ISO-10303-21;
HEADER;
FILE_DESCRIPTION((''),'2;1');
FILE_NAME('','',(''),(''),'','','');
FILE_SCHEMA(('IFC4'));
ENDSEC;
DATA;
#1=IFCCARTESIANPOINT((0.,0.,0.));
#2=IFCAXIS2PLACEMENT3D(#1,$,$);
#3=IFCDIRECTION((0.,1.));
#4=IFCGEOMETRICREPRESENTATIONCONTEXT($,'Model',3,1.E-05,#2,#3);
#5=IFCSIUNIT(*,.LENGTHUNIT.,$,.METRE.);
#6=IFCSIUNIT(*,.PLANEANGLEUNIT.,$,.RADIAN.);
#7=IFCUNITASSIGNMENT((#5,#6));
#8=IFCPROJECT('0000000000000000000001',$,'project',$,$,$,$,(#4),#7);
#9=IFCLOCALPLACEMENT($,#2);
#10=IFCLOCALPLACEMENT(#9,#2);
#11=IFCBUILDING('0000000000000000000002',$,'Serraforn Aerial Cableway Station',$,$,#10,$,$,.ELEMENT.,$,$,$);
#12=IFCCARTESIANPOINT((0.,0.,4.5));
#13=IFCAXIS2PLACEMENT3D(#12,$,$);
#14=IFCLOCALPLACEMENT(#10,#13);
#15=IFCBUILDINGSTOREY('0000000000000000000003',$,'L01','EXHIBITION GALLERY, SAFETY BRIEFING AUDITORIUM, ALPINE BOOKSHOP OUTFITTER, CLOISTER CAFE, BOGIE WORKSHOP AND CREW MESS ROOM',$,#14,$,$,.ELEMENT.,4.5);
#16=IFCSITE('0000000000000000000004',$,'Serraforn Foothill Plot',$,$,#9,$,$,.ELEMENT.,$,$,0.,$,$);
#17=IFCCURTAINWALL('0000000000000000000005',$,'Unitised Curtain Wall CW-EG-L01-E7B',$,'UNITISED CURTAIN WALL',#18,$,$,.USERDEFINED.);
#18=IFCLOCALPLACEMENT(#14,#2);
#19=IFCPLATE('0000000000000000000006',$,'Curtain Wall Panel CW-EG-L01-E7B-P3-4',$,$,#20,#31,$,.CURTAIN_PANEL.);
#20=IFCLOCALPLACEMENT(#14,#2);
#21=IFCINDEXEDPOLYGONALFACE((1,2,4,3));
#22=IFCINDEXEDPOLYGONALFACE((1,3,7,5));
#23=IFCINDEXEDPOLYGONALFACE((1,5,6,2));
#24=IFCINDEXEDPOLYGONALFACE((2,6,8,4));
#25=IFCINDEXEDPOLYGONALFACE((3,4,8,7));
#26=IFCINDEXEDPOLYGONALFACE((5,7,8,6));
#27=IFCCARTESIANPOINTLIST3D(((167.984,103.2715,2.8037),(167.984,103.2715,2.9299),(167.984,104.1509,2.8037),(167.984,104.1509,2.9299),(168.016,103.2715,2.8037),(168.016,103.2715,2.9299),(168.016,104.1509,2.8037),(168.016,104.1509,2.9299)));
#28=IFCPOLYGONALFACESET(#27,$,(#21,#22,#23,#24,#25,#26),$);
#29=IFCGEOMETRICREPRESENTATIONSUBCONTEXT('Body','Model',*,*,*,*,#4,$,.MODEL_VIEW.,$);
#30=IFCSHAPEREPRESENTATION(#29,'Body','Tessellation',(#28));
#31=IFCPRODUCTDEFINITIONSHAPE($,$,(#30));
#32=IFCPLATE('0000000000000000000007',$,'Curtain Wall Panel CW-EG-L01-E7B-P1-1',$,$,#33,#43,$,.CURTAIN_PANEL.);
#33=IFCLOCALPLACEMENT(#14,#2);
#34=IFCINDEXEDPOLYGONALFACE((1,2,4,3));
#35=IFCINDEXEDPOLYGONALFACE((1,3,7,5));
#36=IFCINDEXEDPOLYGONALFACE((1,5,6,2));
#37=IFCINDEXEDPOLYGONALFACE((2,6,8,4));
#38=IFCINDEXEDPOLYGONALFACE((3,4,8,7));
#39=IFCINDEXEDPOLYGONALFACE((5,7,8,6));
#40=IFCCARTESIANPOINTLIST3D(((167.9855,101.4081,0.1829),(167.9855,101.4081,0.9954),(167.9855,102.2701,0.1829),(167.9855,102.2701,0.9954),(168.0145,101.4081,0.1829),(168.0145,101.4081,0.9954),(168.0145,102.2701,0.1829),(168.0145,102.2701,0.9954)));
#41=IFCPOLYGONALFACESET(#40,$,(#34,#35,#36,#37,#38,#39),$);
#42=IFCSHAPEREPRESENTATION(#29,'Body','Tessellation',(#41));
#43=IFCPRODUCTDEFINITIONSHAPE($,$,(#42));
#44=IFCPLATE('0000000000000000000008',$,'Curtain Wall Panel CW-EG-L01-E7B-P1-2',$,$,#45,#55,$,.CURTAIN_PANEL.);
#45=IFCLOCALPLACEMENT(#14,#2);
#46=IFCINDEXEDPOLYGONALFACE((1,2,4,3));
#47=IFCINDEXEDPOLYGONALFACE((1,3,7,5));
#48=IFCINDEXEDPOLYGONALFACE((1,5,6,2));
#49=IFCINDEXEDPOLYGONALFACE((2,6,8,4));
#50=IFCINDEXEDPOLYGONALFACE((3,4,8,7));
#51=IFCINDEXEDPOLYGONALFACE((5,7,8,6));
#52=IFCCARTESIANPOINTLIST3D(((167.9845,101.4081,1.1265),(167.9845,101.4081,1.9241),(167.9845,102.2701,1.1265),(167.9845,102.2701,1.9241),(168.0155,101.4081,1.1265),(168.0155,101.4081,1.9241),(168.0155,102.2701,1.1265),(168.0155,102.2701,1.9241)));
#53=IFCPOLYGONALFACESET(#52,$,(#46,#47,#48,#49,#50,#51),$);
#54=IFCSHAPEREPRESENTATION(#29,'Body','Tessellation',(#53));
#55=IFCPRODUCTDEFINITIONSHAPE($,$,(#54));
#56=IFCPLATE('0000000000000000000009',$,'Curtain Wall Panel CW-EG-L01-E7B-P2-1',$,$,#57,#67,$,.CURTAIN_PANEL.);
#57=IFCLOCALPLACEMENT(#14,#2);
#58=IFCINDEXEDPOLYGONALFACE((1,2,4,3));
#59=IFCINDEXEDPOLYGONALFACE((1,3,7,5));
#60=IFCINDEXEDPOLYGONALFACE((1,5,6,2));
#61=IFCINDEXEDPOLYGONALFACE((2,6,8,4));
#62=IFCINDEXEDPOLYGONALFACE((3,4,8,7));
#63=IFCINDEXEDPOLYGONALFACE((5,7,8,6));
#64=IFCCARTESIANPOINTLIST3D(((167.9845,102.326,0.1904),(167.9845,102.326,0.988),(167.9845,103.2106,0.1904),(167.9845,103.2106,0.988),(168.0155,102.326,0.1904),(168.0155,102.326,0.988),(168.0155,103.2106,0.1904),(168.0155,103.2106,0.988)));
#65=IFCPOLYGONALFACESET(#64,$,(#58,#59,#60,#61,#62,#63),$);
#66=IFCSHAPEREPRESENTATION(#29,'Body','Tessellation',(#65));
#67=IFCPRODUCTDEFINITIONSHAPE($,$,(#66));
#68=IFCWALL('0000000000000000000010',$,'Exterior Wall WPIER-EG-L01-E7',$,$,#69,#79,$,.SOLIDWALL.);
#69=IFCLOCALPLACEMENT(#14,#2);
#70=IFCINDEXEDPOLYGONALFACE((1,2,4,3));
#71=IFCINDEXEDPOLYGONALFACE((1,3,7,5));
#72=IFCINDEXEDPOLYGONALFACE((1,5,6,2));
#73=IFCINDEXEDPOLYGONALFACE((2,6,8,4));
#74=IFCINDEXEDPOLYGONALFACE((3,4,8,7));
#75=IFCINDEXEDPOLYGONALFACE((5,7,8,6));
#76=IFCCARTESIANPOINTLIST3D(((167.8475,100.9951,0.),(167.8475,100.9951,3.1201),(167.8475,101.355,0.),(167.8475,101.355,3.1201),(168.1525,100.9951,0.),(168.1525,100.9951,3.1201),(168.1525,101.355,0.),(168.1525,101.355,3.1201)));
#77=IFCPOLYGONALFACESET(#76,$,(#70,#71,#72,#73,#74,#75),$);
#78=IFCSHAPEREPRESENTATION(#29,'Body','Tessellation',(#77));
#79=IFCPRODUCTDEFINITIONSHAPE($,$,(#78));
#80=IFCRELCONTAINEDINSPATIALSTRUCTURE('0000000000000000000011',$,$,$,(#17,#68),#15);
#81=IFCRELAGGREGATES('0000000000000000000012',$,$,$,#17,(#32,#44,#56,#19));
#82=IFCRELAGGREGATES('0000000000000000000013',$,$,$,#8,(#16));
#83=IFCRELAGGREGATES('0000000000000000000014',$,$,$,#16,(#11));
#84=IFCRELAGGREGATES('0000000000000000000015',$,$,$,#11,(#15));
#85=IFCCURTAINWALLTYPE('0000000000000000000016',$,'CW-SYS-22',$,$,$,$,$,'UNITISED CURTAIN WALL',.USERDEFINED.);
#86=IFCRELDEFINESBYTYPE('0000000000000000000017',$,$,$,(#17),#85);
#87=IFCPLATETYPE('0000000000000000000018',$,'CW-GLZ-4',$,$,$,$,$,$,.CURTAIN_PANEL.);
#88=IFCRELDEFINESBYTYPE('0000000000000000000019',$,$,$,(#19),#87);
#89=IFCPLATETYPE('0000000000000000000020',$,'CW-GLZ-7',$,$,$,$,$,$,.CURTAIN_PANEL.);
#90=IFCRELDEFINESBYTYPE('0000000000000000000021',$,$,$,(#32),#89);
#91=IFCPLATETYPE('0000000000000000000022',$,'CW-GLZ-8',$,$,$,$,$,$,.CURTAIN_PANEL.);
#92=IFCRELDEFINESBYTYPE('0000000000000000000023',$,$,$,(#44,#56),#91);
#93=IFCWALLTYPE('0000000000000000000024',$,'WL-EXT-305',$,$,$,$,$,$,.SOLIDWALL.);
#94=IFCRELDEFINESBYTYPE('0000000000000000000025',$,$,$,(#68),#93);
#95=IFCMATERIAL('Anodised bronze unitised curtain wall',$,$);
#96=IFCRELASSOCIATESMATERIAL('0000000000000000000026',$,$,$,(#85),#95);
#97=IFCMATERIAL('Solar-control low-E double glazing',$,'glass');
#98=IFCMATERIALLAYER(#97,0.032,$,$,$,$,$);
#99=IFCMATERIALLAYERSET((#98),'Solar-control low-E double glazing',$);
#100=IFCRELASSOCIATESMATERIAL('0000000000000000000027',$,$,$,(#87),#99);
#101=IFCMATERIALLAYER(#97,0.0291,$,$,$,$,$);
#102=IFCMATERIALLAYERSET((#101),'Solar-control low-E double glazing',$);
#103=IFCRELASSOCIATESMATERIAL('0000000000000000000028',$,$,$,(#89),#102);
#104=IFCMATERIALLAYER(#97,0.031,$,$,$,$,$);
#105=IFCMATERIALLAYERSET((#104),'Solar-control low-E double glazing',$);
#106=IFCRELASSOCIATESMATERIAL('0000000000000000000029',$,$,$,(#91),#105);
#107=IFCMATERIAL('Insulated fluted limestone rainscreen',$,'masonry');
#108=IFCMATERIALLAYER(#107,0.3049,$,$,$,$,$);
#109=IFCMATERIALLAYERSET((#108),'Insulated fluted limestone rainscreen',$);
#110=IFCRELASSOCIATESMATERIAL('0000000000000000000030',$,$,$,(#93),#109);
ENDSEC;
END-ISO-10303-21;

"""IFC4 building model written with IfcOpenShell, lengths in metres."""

from ifc_helpers import new_model, si_unit, direction, frame, frame_2d, origin, origin_2d, place, context, subcontext, project, spatial, rectangle, extrude, material, layer, layer_set, type_object, element, aggregate, save


model = new_model("IFC4")

# Units and contexts
model_context = context("Model", 3, precision=1e-05, world=origin(), true_north=direction((0.0, 1.0)))
body_context = subcontext(model_context, "Body", "Model", "MODEL_VIEW")
ifc_project = project(units=[si_unit("LENGTHUNIT", "METRE"), si_unit("PLANEANGLEUNIT", "RADIAN")], contexts=[model_context])

# Site, building, storey
site_placement = place(None, origin())
site = spatial("IfcSite", under=ifc_project, at=site_placement, Name="Serraforn Foothill Plot", CompositionType="ELEMENT", RefElevation=0.0)
building_placement = place(site_placement, origin())
building = spatial("IfcBuilding", under=site, at=building_placement, Name="Serraforn Aerial Cableway Station", CompositionType="ELEMENT")
storey_placement = place(building_placement, frame((0.0, 0.0, 4.5)))
storey = spatial("IfcBuildingStorey", under=building, at=storey_placement, Name="L01", Description="EXHIBITION GALLERY, SAFETY BRIEFING AUDITORIUM, ALPINE BOOKSHOP OUTFITTER, CLOISTER CAFE, BOGIE WORKSHOP AND CREW MESS ROOM", CompositionType="ELEMENT", Elevation=4.5)

# Curtain wall, plates
ifc_material_1 = material(Name="Anodised bronze unitised curtain wall")
curtain_wall_type = type_object("IfcCurtainWallType", Name="CW-SYS-22", ElementType="UNITISED CURTAIN WALL", PredefinedType="USERDEFINED", material=ifc_material_1)
curtain_wall_placement = place(storey_placement, origin())
curtain_wall = element("IfcCurtainWall", 1, at=curtain_wall_placement, inside=storey, type_object=curtain_wall_type, Name="Unitised Curtain Wall CW-EG-L01-E7B", ObjectType="UNITISED CURTAIN WALL", PredefinedType="USERDEFINED")
ifc_material_2 = material(Name="Solar-control low-E double glazing", Category="glass")
ifc_layer_1 = layer(ifc_material_2, 0.032)
ifc_layer_set_1 = layer_set([ifc_layer_1], Name="Solar-control low-E double glazing")
plate_type_1 = type_object("IfcPlateType", Name="CW-GLZ-4", PredefinedType="CURTAIN_PANEL", material=ifc_layer_set_1)
plate_1_placement = place(storey_placement, frame((168.0, 103.7112, 2.8037), z_axis=(0.0, 0.0, 1.0), x_axis=(1.0, 0.0, 0.0)))
plate_1 = element("IfcPlate", 2, at=plate_1_placement, type_object=plate_type_1, Name="Curtain Wall Panel CW-EG-L01-E7B-P3-4", PredefinedType="CURTAIN_PANEL", context=body_context, shape_type="SweptSolid", body=[
    extrude(rectangle(XDim=0.032, YDim=0.8794, at=origin_2d()), origin(), (0.0, 0.0, 1.0), 0.1262),
])
ifc_layer_2 = layer(ifc_material_2, 0.0291)
ifc_layer_set_2 = layer_set([ifc_layer_2], Name="Solar-control low-E double glazing")
plate_type_2 = type_object("IfcPlateType", Name="CW-GLZ-7", PredefinedType="CURTAIN_PANEL", material=ifc_layer_set_2)
plate_2_placement = place(storey_placement, frame((168.0, 101.8391, 0.1829), z_axis=(0.0, 0.0, 1.0), x_axis=(1.0, 0.0, 0.0)))
plate_2 = element("IfcPlate", 3, at=plate_2_placement, type_object=plate_type_2, Name="Curtain Wall Panel CW-EG-L01-E7B-P1-1", PredefinedType="CURTAIN_PANEL", context=body_context, shape_type="SweptSolid", body=[
    extrude(rectangle(XDim=0.0291, YDim=0.8621, at=origin_2d()), origin(), (0.0, 0.0, 1.0), 0.8125),
])
ifc_layer_3 = layer(ifc_material_2, 0.031)
ifc_layer_set_3 = layer_set([ifc_layer_3], Name="Solar-control low-E double glazing")
plate_type_3 = type_object("IfcPlateType", Name="CW-GLZ-8", PredefinedType="CURTAIN_PANEL", material=ifc_layer_set_3)
plate_3_placement = place(storey_placement, frame((168.0, 101.8391, 1.1265), z_axis=(0.0, 0.0, 1.0), x_axis=(1.0, 0.0, 0.0)))
plate_3 = element("IfcPlate", 4, at=plate_3_placement, type_object=plate_type_3, Name="Curtain Wall Panel CW-EG-L01-E7B-P1-2", PredefinedType="CURTAIN_PANEL", context=body_context, shape_type="SweptSolid", body=[
    extrude(rectangle(XDim=0.031, YDim=0.8621, at=origin_2d()), origin(), (0.0, 0.0, 1.0), 0.7976),
])
plate_4_placement = place(storey_placement, frame((168.0, 102.7683, 0.1904), z_axis=(0.0, 0.0, 1.0), x_axis=(1.0, 0.0, 0.0)))
plate_4 = element("IfcPlate", 5, at=plate_4_placement, type_object=plate_type_3, Name="Curtain Wall Panel CW-EG-L01-E7B-P2-1", PredefinedType="CURTAIN_PANEL", context=body_context, shape_type="SweptSolid", body=[
    extrude(rectangle(XDim=0.031, YDim=0.8845, at=origin_2d()), origin(), (0.0, 0.0, 1.0), 0.7976),
])
aggregate(curtain_wall, [plate_2, plate_3, plate_4, plate_1])

# Wall
ifc_material_3 = material(Name="Insulated fluted limestone rainscreen", Category="masonry")
ifc_layer_4 = layer(ifc_material_3, 0.3049)
ifc_layer_set_4 = layer_set([ifc_layer_4], Name="Insulated fluted limestone rainscreen")
wall_type = type_object("IfcWallType", Name="WL-EXT-305", PredefinedType="SOLIDWALL", material=ifc_layer_set_4)
wall_placement = place(storey_placement, frame((168.0, 100.9951, 0.0), z_axis=(0.0, 0.0, 1.0), x_axis=(0.0, 1.0, 0.0)))
element("IfcWall", 6, at=wall_placement, inside=storey, type_object=wall_type, Name="Exterior Wall WPIER-EG-L01-E7", PredefinedType="SOLIDWALL", context=body_context, shape_type="SweptSolid", body=[
    extrude(rectangle(XDim=0.3599, YDim=0.3049, at=frame_2d((0.1799, 0.0))), origin(), (0.0, 0.0, 1.0), 3.1201),
])

save(model, "model.ifc")
